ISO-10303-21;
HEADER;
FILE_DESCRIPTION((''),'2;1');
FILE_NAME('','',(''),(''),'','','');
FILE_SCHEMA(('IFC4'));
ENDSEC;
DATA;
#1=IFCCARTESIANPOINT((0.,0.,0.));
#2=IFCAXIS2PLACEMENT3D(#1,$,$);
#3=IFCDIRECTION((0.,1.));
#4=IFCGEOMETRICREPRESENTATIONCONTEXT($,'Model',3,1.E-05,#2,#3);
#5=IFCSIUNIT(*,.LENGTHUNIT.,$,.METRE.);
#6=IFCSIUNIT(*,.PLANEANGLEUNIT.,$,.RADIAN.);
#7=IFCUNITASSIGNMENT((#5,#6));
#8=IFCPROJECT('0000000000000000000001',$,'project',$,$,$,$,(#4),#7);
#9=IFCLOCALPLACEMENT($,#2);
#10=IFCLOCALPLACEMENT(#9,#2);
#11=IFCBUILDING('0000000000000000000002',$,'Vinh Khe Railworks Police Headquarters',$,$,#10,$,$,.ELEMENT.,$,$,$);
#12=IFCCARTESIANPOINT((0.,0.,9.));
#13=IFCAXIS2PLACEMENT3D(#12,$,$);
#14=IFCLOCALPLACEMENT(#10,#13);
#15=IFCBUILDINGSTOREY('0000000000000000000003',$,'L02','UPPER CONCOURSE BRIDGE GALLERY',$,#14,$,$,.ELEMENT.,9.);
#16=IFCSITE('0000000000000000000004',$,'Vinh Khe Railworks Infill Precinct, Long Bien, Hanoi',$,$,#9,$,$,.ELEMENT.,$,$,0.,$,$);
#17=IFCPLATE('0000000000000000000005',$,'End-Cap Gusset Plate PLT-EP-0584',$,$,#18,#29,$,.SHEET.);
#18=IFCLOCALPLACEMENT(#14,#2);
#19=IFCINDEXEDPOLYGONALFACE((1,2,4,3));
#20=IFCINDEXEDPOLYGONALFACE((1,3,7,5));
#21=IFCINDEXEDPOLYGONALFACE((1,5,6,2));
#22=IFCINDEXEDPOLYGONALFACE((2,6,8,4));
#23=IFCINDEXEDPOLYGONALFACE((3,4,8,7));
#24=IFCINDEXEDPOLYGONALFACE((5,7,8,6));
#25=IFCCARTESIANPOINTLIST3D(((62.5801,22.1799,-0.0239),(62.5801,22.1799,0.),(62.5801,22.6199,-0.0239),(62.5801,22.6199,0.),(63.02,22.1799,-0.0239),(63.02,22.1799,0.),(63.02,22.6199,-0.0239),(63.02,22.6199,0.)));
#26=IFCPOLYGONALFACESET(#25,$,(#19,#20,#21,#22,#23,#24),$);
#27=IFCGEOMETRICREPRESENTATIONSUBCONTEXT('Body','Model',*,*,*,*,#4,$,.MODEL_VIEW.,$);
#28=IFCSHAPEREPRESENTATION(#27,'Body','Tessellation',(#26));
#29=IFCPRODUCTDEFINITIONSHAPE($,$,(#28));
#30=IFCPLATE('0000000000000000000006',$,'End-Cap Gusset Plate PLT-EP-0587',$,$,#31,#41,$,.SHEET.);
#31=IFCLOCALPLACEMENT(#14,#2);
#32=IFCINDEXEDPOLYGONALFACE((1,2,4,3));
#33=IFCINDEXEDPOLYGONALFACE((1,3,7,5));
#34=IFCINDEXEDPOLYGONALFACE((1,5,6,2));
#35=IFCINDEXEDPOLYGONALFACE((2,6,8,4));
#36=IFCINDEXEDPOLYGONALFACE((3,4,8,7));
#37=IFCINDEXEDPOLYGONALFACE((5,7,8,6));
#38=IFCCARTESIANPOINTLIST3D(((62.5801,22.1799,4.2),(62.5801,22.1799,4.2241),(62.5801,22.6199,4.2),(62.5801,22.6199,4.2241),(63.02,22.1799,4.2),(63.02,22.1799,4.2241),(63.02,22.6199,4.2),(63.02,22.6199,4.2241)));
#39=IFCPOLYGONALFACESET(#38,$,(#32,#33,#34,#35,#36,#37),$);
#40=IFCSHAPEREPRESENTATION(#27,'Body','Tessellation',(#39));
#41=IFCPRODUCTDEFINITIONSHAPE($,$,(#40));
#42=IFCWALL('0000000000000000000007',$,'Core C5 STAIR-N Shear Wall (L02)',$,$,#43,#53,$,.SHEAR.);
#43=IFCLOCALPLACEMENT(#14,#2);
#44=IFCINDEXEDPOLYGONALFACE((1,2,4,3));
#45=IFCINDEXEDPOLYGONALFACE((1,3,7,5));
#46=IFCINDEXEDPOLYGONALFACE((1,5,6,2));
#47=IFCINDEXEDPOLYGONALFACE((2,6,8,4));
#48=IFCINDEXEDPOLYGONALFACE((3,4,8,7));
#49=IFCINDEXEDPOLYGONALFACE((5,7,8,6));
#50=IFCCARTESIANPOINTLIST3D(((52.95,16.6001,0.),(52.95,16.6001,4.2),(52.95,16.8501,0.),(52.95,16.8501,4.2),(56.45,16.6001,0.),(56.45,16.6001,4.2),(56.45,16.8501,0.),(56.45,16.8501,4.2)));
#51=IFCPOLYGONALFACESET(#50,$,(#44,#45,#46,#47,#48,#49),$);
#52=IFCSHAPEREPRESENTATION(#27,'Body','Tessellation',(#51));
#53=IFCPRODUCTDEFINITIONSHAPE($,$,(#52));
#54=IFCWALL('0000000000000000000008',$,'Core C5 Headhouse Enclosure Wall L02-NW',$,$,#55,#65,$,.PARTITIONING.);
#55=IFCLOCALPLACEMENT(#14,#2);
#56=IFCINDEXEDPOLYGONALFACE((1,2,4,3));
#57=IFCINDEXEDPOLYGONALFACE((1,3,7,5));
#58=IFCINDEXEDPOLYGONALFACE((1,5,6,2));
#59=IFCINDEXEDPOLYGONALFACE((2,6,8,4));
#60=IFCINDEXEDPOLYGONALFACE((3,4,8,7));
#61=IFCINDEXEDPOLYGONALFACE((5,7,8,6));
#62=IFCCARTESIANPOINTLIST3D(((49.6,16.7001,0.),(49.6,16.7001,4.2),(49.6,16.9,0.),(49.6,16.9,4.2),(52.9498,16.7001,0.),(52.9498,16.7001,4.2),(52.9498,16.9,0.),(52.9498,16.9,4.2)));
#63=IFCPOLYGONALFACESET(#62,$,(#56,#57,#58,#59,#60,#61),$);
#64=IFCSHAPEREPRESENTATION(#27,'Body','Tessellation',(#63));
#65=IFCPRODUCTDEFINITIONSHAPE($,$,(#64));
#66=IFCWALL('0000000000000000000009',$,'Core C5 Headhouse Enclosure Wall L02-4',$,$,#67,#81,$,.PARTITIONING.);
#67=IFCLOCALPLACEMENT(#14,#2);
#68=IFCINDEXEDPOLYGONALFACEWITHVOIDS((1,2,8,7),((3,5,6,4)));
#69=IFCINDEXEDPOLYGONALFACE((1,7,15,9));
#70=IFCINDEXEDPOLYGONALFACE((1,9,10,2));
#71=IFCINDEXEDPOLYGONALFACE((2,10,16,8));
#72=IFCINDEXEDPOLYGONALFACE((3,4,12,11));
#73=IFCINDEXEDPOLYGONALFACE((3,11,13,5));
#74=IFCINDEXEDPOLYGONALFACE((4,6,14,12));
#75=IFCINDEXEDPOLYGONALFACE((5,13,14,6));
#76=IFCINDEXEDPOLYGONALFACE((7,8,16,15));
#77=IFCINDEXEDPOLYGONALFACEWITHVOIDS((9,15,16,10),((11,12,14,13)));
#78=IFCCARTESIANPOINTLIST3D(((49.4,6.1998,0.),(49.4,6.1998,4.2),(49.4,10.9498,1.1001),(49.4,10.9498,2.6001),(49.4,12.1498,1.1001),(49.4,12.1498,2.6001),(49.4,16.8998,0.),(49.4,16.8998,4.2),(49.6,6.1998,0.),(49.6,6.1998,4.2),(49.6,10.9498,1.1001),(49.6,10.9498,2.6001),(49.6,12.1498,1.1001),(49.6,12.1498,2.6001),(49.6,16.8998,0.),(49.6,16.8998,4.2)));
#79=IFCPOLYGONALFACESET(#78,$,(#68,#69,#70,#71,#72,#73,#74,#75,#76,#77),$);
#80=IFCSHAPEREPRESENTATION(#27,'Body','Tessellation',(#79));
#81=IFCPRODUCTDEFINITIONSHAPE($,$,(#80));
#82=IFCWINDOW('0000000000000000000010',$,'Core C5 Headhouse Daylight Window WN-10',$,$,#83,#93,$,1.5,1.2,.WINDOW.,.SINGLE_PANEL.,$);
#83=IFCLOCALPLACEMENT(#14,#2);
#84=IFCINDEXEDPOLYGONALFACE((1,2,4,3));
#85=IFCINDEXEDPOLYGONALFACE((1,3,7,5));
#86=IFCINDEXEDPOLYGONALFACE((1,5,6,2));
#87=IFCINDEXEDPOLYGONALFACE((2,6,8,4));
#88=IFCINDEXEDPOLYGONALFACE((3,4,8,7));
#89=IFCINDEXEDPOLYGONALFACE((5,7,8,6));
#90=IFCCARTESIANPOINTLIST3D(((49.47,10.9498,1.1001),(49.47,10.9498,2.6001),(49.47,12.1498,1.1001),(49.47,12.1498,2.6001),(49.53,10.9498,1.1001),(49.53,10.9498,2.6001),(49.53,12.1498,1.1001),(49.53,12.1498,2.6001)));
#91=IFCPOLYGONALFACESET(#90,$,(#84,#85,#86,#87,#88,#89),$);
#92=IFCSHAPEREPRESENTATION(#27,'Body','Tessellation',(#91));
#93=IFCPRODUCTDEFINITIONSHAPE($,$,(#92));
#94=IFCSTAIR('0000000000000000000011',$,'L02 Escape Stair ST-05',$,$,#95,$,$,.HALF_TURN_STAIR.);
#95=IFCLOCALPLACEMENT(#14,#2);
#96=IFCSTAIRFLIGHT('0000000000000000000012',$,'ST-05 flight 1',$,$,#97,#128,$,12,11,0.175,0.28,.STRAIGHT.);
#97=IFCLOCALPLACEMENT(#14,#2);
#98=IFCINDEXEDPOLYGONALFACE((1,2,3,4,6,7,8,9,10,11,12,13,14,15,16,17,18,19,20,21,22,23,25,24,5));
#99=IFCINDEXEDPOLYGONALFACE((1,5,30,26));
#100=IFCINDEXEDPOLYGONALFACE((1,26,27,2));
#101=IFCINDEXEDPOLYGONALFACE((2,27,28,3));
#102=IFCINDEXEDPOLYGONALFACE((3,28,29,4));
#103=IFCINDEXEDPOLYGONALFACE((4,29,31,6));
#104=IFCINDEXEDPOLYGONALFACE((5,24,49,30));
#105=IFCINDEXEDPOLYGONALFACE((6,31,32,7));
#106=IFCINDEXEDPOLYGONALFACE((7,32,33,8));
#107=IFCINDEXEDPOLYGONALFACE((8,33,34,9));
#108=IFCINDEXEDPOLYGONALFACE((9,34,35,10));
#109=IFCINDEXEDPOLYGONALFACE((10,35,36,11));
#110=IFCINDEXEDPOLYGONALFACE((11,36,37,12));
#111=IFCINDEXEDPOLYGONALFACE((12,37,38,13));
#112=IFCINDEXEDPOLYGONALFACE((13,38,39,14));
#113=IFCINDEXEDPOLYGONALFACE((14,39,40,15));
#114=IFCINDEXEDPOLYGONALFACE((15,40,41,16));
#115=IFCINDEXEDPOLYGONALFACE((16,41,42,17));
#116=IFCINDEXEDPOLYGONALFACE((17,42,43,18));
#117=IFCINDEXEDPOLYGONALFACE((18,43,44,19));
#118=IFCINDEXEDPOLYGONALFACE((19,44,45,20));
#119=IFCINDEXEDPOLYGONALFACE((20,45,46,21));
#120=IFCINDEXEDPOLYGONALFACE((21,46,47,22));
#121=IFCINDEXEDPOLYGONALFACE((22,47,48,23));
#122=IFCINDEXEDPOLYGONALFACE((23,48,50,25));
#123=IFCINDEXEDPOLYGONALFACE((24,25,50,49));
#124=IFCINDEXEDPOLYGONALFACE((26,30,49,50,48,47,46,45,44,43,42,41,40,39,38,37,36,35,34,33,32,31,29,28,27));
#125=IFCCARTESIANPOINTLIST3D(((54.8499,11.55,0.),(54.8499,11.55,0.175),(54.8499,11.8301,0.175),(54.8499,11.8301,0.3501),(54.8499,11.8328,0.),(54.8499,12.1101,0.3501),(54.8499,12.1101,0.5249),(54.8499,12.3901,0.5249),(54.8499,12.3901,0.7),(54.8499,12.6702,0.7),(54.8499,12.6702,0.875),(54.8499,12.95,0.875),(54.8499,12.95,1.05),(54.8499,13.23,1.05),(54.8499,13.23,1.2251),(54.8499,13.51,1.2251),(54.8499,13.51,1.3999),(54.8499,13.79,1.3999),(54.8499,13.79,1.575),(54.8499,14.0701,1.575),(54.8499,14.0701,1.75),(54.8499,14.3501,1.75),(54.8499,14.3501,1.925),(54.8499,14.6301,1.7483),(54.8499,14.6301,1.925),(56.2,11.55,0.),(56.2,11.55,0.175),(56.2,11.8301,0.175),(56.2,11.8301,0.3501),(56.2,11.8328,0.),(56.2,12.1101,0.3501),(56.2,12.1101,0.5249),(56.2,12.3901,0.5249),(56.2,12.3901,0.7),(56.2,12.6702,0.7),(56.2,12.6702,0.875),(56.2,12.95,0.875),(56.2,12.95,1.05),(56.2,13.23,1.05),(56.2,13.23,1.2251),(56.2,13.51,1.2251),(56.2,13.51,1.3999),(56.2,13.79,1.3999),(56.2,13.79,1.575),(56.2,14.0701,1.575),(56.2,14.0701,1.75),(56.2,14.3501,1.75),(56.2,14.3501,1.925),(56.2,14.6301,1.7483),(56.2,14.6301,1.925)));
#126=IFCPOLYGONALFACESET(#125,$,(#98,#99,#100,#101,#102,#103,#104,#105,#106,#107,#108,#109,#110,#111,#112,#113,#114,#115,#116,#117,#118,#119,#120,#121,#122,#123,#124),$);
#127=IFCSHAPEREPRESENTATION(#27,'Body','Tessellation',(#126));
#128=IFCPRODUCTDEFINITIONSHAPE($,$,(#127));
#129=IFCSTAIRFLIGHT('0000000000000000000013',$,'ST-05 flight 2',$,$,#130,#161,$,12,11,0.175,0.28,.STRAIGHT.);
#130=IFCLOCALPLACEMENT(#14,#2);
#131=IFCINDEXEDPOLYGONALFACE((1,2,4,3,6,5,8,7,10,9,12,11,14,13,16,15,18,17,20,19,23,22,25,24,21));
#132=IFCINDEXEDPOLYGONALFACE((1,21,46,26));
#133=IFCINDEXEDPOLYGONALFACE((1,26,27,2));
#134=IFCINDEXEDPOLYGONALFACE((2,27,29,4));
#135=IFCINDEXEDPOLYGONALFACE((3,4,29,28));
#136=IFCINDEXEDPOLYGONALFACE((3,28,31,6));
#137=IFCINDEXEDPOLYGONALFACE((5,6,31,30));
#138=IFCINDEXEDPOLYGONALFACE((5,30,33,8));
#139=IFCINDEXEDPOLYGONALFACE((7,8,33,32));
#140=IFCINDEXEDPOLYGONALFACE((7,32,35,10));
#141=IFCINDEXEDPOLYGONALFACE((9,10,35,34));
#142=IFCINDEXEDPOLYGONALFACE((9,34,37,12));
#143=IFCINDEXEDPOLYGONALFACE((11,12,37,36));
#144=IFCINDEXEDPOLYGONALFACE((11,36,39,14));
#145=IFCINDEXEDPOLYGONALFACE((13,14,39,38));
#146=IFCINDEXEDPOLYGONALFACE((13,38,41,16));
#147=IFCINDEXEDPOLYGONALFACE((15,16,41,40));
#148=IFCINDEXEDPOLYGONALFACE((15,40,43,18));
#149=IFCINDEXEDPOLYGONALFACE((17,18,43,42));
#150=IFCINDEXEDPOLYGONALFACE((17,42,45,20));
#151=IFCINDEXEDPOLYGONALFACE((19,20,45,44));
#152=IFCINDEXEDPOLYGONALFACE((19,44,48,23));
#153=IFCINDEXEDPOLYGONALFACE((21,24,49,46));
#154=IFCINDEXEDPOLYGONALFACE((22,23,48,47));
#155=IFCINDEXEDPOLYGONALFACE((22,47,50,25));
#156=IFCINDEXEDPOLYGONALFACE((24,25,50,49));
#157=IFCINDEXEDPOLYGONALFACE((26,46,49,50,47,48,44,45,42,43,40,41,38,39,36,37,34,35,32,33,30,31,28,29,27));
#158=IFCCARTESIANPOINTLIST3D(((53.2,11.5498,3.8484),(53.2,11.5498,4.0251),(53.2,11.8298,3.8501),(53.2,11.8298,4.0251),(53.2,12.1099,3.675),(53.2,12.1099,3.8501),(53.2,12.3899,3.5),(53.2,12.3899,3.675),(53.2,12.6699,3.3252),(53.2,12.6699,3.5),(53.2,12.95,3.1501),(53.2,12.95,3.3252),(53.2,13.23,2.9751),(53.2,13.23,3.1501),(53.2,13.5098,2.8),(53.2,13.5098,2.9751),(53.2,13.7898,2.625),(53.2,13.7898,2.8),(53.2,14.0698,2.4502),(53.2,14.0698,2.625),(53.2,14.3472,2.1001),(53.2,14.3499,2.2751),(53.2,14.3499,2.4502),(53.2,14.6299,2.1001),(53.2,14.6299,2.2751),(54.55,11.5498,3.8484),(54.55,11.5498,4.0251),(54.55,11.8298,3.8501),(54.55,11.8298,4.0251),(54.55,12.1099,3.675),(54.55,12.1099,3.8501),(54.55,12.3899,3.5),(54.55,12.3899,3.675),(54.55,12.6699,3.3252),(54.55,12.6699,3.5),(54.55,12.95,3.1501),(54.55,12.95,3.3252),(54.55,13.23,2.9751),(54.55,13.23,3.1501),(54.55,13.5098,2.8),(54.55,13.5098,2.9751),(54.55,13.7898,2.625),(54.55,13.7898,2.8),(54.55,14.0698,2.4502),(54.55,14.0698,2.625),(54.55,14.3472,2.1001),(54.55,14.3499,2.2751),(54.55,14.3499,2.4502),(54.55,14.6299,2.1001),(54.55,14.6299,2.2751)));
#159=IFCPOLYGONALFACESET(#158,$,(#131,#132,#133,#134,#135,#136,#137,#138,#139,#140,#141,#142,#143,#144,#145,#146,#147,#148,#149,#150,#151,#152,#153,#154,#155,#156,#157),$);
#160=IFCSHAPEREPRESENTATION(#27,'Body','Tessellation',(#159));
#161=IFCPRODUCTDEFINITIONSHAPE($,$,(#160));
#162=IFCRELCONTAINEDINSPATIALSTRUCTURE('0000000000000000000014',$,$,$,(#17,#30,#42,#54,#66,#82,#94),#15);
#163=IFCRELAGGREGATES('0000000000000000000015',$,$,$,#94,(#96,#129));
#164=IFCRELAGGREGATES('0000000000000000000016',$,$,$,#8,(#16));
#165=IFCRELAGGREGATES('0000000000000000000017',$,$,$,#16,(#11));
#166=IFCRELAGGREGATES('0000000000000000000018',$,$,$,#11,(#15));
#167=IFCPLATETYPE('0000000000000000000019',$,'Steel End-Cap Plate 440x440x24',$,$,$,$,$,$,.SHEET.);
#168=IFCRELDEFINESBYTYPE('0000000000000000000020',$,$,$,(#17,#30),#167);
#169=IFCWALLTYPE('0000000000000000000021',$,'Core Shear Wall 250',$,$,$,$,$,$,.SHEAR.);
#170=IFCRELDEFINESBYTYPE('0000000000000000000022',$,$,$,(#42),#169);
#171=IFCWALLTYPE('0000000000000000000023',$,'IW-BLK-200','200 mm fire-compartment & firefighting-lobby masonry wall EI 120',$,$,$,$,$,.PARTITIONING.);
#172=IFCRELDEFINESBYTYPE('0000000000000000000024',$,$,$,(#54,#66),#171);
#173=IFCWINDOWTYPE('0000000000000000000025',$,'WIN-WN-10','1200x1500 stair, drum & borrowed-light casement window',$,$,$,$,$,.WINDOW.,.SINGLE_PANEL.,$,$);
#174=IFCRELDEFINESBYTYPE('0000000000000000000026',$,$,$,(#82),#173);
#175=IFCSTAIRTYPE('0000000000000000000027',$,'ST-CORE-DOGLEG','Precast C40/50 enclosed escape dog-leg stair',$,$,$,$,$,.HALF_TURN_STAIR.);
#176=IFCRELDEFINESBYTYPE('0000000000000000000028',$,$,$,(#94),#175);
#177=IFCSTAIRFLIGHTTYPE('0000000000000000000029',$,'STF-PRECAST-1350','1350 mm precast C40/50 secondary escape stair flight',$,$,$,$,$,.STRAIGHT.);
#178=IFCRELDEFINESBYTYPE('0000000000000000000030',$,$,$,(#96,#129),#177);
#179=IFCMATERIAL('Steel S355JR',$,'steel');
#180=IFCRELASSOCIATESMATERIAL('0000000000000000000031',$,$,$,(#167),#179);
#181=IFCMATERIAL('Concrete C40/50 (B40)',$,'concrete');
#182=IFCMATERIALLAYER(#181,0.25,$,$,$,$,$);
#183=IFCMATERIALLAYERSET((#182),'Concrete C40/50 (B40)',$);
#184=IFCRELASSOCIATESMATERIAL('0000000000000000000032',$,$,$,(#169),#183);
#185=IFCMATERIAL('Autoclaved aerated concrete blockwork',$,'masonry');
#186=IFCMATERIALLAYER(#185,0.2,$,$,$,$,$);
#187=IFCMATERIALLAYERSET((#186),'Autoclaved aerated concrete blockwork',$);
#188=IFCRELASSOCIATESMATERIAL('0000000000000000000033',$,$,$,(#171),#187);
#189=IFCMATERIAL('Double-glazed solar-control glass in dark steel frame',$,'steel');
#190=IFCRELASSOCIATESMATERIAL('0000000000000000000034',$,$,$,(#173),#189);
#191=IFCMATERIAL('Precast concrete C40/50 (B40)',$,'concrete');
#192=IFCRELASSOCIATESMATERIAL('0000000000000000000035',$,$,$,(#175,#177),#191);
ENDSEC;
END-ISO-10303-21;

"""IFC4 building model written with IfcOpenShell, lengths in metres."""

from ifc_helpers import new_model, si_unit, direction, frame, frame_2d, origin, origin_2d, place, context, subcontext, project, spatial, polyline, rectangle, outline, extrude, material, layer, layer_set, material_profile, profile_set, type_object, element, fill, aggregate, save


model = new_model("IFC4")

# Units and contexts
model_context = context("Model", 3, precision=1e-05, world=origin(), true_north=direction((0.0, 1.0)))
body_context = subcontext(model_context, "Body", "Model", "MODEL_VIEW")
ifc_project = project(units=[si_unit("LENGTHUNIT", "METRE"), si_unit("PLANEANGLEUNIT", "RADIAN")], contexts=[model_context])

# Site, building, storey
site_placement = place(None, origin())
site = spatial("IfcSite", under=ifc_project, at=site_placement, Name="Vinh Khe Railworks Infill Precinct, Long Bien, Hanoi", CompositionType="ELEMENT", RefElevation=0.0)
building_placement = place(site_placement, origin())
building = spatial("IfcBuilding", under=site, at=building_placement, Name="Vinh Khe Railworks Police Headquarters", CompositionType="ELEMENT")
storey_placement = place(building_placement, frame((0.0, 0.0, 9.0)))
storey = spatial("IfcBuildingStorey", under=building, at=storey_placement, Name="L02", Description="UPPER CONCOURSE BRIDGE GALLERY", CompositionType="ELEMENT", Elevation=9.0)

# Shared definitions
ifc_material_1 = material(Name="Steel S355JR", Category="steel")

# Plates
ifc_material_profile_1 = material_profile(ifc_material_1, rectangle(XDim=0.4399, YDim=0.4399, at=origin_2d()), Name="PL 440x440")
ifc_profile_set_1 = profile_set([ifc_material_profile_1], Name="Steel S355JR")
plate_type = type_object("IfcPlateType", Name="Steel End-Cap Plate 440x440x24", PredefinedType="SHEET", material=ifc_profile_set_1)
plate_1_placement = place(storey_placement, frame((62.8, 22.3999, 0.0), z_axis=(0.0, 0.0, -1.0), x_axis=(1.0, 0.0, 0.0)))
element("IfcPlate", 1, at=plate_1_placement, inside=storey, type_object=plate_type, Name="End-Cap Gusset Plate PLT-EP-0584", PredefinedType="SHEET", context=body_context, shape_type="SweptSolid", body=[
    extrude(rectangle(XDim=0.4399, YDim=0.4399, at=origin_2d()), origin(), (0.0, 0.0, 1.0), 0.0239),
])
plate_2_placement = place(storey_placement, frame((62.8, 22.3999, 4.2), z_axis=(0.0, 0.0, 1.0), x_axis=(1.0, 0.0, 0.0)))
element("IfcPlate", 2, at=plate_2_placement, inside=storey, type_object=plate_type, Name="End-Cap Gusset Plate PLT-EP-0587", PredefinedType="SHEET", context=body_context, shape_type="SweptSolid", body=[
    extrude(rectangle(XDim=0.4399, YDim=0.4399, at=origin_2d()), origin(), (0.0, 0.0, 1.0), 0.0242),
])

# Walls
ifc_material_2 = material(Name="Concrete C40/50 (B40)", Category="concrete")
ifc_layer_1 = layer(ifc_material_2, 0.25)
ifc_layer_set_1 = layer_set([ifc_layer_1], Name="Concrete C40/50 (B40)")
wall_type_1 = type_object("IfcWallType", Name="Core Shear Wall 250", PredefinedType="SHEAR", material=ifc_layer_set_1)
wall_1_placement = place(storey_placement, frame((52.95, 16.7251, 0.0), z_axis=(0.0, 0.0, 1.0), x_axis=(1.0, 0.0, 0.0)))
element("IfcWall", 3, at=wall_1_placement, inside=storey, type_object=wall_type_1, Name="Core C5 STAIR-N Shear Wall (L02)", PredefinedType="SHEAR", context=body_context, shape_type="SweptSolid", body=[
    extrude(rectangle(XDim=3.5, YDim=0.25, at=frame_2d((1.75, 0.0))), origin(), (0.0, 0.0, 1.0), 4.2),
])
ifc_material_3 = material(Name="Autoclaved aerated concrete blockwork", Category="masonry")
ifc_layer_2 = layer(ifc_material_3, 0.2)
ifc_layer_set_2 = layer_set([ifc_layer_2], Name="Autoclaved aerated concrete blockwork")
wall_type_2 = type_object("IfcWallType", Name="IW-BLK-200", Description="200 mm fire-compartment & firefighting-lobby masonry wall EI 120", PredefinedType="PARTITIONING", material=ifc_layer_set_2)
wall_2_placement = place(storey_placement, frame((49.6001, 16.8, 0.0), z_axis=(0.0, 0.0, 1.0), x_axis=(1.0, 0.0, 0.0)))
element("IfcWall", 4, at=wall_2_placement, inside=storey, type_object=wall_type_2, Name="Core C5 Headhouse Enclosure Wall L02-NW", PredefinedType="PARTITIONING", context=body_context, shape_type="SweptSolid", body=[
    extrude(rectangle(XDim=3.3499, YDim=0.2, at=frame_2d((1.6748, 0.0))), origin(), (0.0, 0.0, 1.0), 4.2),
])

# Wall, opening, window
wall_3_placement = place(storey_placement, frame((49.5, 16.8999, 0.0), z_axis=(0.0, 0.0, 1.0), x_axis=(0.0, -1.0, 0.0)))
wall_3 = element("IfcWall", 5, at=wall_3_placement, inside=storey, type_object=wall_type_2, Name="Core C5 Headhouse Enclosure Wall L02-4", PredefinedType="PARTITIONING", context=body_context, shape_type="SweptSolid", body=[
    extrude(rectangle(XDim=10.7, YDim=0.2, at=frame_2d((5.3501, 0.0))), origin(), (0.0, 0.0, 1.0), 4.2),
])
opening_placement = place(wall_3_placement, frame((4.75, 0.0, 1.1001)))
opening = element("IfcOpeningElement", 6, at=opening_placement, cuts=wall_3, PredefinedType="OPENING", context=body_context, shape_type="SweptSolid", body=[
    extrude(rectangle(XDim=1.2, YDim=1.5, at=frame_2d((0.6001, 0.75))), frame((0.0, 0.1147, 0.0), z_axis=(0.0, -1.0, 0.0), x_axis=(1.0, 0.0, 0.0)), (0.0, 0.0, 1.0), 0.2297),
])
ifc_material_4 = material(Name="Double-glazed solar-control glass in dark steel frame", Category="steel")
window_type = type_object("IfcWindowType", Name="WIN-WN-10", Description="1200x1500 stair, drum & borrowed-light casement window", PartitioningType="SINGLE_PANEL", PredefinedType="WINDOW", material=ifc_material_4)
window_placement = place(opening_placement, origin())
window = element("IfcWindow", 7, at=window_placement, inside=storey, type_object=window_type, Name="Core C5 Headhouse Daylight Window WN-10", OverallHeight=1.5, OverallWidth=1.2, PartitioningType="SINGLE_PANEL", PredefinedType="WINDOW", context=body_context, shape_type="SweptSolid", body=[
    extrude(rectangle(XDim=1.2, YDim=1.5, at=frame_2d((0.6001, 0.75))), frame((0.0, 0.03, 0.0), z_axis=(0.0, -1.0, 0.0), x_axis=(1.0, 0.0, 0.0)), (0.0, 0.0, 1.0), 0.0601),
])
fill(opening, window)

# Stair, stair flights
ifc_material_5 = material(Name="Precast concrete C40/50 (B40)", Category="concrete")
stair_type = type_object("IfcStairType", Name="ST-CORE-DOGLEG", Description="Precast C40/50 enclosed escape dog-leg stair", PredefinedType="HALF_TURN_STAIR", material=ifc_material_5)
stair_placement = place(storey_placement, origin())
stair = element("IfcStair", 8, at=stair_placement, inside=storey, type_object=stair_type, Name="L02 Escape Stair ST-05", PredefinedType="HALF_TURN_STAIR")
stair_flight_type = type_object("IfcStairFlightType", Name="STF-PRECAST-1350", Description="1350 mm precast C40/50 secondary escape stair flight", PredefinedType="STRAIGHT", material=ifc_material_5)
stair_flight_1_placement = place(storey_placement, frame((55.5249, 11.55, 0.0), z_axis=(0.0, 0.0, 1.0), x_axis=(0.0, 1.0, 0.0)))
stair_flight_1 = element("IfcStairFlight", 9, at=stair_flight_1_placement, type_object=stair_flight_type, Name="ST-05 flight 1", NumberOfRisers=12, NumberOfTreads=11, PredefinedType="STRAIGHT", RiserHeight=0.175, TreadLength=0.28, context=body_context, shape_type="SweptSolid", body=[
    extrude(outline(polyline([(0.0, 0.0), (0.0, 0.175), (0.28, 0.175), (0.28, 0.3501), (0.5601, 0.3501), (0.5601, 0.5249), (0.8401, 0.5249), (0.8401, 0.7), (1.1201, 0.7), (1.1201, 0.875), (1.3999, 0.875), (1.3999, 1.05), (1.6799, 1.05), (1.6799, 1.2251), (1.96, 1.2251), (1.96, 1.3999), (2.24, 1.3999), (2.24, 1.575), (2.52, 1.575), (2.52, 1.75), (2.8, 1.75), (2.8, 1.925), (3.0801, 1.925), (3.0801, 2.1001), (3.0801, 1.7483), (0.2827, 0.0), (0.0, 0.0)])), frame((0.0, 0.675, 0.0), z_axis=(0.0, -1.0, 0.0), x_axis=(1.0, 0.0, 0.0)), (0.0, 0.0, 1.0), 1.3501),
])
stair_flight_2_placement = place(storey_placement, frame((53.875, 14.6299, 2.1001), z_axis=(0.0, 0.0, 1.0), x_axis=(0.0, -1.0, 0.0)))
stair_flight_2 = element("IfcStairFlight", 10, at=stair_flight_2_placement, type_object=stair_flight_type, Name="ST-05 flight 2", NumberOfRisers=12, NumberOfTreads=11, PredefinedType="STRAIGHT", RiserHeight=0.175, TreadLength=0.28, context=body_context, shape_type="SweptSolid", body=[
    extrude(outline(polyline([(0.0, 0.0), (0.0, 0.175), (0.28, 0.175), (0.28, 0.3501), (0.5601, 0.3501), (0.5601, 0.5249), (0.8401, 0.5249), (0.8401, 0.7), (1.1201, 0.7), (1.1201, 0.875), (1.3999, 0.875), (1.3999, 1.05), (1.6799, 1.05), (1.6799, 1.2251), (1.96, 1.2251), (1.96, 1.3999), (2.24, 1.3999), (2.24, 1.575), (2.52, 1.575), (2.52, 1.75), (2.8, 1.75), (2.8, 1.925), (3.0801, 1.925), (3.0801, 2.1001), (3.0801, 1.7483), (0.2827, 0.0), (0.0, 0.0)])), frame((0.0, 0.675, 0.0), z_axis=(0.0, -1.0, 0.0), x_axis=(1.0, 0.0, 0.0)), (0.0, 0.0, 1.0), 1.3501),
])
aggregate(stair, [stair_flight_1, stair_flight_2])

save(model, "model.ifc")
